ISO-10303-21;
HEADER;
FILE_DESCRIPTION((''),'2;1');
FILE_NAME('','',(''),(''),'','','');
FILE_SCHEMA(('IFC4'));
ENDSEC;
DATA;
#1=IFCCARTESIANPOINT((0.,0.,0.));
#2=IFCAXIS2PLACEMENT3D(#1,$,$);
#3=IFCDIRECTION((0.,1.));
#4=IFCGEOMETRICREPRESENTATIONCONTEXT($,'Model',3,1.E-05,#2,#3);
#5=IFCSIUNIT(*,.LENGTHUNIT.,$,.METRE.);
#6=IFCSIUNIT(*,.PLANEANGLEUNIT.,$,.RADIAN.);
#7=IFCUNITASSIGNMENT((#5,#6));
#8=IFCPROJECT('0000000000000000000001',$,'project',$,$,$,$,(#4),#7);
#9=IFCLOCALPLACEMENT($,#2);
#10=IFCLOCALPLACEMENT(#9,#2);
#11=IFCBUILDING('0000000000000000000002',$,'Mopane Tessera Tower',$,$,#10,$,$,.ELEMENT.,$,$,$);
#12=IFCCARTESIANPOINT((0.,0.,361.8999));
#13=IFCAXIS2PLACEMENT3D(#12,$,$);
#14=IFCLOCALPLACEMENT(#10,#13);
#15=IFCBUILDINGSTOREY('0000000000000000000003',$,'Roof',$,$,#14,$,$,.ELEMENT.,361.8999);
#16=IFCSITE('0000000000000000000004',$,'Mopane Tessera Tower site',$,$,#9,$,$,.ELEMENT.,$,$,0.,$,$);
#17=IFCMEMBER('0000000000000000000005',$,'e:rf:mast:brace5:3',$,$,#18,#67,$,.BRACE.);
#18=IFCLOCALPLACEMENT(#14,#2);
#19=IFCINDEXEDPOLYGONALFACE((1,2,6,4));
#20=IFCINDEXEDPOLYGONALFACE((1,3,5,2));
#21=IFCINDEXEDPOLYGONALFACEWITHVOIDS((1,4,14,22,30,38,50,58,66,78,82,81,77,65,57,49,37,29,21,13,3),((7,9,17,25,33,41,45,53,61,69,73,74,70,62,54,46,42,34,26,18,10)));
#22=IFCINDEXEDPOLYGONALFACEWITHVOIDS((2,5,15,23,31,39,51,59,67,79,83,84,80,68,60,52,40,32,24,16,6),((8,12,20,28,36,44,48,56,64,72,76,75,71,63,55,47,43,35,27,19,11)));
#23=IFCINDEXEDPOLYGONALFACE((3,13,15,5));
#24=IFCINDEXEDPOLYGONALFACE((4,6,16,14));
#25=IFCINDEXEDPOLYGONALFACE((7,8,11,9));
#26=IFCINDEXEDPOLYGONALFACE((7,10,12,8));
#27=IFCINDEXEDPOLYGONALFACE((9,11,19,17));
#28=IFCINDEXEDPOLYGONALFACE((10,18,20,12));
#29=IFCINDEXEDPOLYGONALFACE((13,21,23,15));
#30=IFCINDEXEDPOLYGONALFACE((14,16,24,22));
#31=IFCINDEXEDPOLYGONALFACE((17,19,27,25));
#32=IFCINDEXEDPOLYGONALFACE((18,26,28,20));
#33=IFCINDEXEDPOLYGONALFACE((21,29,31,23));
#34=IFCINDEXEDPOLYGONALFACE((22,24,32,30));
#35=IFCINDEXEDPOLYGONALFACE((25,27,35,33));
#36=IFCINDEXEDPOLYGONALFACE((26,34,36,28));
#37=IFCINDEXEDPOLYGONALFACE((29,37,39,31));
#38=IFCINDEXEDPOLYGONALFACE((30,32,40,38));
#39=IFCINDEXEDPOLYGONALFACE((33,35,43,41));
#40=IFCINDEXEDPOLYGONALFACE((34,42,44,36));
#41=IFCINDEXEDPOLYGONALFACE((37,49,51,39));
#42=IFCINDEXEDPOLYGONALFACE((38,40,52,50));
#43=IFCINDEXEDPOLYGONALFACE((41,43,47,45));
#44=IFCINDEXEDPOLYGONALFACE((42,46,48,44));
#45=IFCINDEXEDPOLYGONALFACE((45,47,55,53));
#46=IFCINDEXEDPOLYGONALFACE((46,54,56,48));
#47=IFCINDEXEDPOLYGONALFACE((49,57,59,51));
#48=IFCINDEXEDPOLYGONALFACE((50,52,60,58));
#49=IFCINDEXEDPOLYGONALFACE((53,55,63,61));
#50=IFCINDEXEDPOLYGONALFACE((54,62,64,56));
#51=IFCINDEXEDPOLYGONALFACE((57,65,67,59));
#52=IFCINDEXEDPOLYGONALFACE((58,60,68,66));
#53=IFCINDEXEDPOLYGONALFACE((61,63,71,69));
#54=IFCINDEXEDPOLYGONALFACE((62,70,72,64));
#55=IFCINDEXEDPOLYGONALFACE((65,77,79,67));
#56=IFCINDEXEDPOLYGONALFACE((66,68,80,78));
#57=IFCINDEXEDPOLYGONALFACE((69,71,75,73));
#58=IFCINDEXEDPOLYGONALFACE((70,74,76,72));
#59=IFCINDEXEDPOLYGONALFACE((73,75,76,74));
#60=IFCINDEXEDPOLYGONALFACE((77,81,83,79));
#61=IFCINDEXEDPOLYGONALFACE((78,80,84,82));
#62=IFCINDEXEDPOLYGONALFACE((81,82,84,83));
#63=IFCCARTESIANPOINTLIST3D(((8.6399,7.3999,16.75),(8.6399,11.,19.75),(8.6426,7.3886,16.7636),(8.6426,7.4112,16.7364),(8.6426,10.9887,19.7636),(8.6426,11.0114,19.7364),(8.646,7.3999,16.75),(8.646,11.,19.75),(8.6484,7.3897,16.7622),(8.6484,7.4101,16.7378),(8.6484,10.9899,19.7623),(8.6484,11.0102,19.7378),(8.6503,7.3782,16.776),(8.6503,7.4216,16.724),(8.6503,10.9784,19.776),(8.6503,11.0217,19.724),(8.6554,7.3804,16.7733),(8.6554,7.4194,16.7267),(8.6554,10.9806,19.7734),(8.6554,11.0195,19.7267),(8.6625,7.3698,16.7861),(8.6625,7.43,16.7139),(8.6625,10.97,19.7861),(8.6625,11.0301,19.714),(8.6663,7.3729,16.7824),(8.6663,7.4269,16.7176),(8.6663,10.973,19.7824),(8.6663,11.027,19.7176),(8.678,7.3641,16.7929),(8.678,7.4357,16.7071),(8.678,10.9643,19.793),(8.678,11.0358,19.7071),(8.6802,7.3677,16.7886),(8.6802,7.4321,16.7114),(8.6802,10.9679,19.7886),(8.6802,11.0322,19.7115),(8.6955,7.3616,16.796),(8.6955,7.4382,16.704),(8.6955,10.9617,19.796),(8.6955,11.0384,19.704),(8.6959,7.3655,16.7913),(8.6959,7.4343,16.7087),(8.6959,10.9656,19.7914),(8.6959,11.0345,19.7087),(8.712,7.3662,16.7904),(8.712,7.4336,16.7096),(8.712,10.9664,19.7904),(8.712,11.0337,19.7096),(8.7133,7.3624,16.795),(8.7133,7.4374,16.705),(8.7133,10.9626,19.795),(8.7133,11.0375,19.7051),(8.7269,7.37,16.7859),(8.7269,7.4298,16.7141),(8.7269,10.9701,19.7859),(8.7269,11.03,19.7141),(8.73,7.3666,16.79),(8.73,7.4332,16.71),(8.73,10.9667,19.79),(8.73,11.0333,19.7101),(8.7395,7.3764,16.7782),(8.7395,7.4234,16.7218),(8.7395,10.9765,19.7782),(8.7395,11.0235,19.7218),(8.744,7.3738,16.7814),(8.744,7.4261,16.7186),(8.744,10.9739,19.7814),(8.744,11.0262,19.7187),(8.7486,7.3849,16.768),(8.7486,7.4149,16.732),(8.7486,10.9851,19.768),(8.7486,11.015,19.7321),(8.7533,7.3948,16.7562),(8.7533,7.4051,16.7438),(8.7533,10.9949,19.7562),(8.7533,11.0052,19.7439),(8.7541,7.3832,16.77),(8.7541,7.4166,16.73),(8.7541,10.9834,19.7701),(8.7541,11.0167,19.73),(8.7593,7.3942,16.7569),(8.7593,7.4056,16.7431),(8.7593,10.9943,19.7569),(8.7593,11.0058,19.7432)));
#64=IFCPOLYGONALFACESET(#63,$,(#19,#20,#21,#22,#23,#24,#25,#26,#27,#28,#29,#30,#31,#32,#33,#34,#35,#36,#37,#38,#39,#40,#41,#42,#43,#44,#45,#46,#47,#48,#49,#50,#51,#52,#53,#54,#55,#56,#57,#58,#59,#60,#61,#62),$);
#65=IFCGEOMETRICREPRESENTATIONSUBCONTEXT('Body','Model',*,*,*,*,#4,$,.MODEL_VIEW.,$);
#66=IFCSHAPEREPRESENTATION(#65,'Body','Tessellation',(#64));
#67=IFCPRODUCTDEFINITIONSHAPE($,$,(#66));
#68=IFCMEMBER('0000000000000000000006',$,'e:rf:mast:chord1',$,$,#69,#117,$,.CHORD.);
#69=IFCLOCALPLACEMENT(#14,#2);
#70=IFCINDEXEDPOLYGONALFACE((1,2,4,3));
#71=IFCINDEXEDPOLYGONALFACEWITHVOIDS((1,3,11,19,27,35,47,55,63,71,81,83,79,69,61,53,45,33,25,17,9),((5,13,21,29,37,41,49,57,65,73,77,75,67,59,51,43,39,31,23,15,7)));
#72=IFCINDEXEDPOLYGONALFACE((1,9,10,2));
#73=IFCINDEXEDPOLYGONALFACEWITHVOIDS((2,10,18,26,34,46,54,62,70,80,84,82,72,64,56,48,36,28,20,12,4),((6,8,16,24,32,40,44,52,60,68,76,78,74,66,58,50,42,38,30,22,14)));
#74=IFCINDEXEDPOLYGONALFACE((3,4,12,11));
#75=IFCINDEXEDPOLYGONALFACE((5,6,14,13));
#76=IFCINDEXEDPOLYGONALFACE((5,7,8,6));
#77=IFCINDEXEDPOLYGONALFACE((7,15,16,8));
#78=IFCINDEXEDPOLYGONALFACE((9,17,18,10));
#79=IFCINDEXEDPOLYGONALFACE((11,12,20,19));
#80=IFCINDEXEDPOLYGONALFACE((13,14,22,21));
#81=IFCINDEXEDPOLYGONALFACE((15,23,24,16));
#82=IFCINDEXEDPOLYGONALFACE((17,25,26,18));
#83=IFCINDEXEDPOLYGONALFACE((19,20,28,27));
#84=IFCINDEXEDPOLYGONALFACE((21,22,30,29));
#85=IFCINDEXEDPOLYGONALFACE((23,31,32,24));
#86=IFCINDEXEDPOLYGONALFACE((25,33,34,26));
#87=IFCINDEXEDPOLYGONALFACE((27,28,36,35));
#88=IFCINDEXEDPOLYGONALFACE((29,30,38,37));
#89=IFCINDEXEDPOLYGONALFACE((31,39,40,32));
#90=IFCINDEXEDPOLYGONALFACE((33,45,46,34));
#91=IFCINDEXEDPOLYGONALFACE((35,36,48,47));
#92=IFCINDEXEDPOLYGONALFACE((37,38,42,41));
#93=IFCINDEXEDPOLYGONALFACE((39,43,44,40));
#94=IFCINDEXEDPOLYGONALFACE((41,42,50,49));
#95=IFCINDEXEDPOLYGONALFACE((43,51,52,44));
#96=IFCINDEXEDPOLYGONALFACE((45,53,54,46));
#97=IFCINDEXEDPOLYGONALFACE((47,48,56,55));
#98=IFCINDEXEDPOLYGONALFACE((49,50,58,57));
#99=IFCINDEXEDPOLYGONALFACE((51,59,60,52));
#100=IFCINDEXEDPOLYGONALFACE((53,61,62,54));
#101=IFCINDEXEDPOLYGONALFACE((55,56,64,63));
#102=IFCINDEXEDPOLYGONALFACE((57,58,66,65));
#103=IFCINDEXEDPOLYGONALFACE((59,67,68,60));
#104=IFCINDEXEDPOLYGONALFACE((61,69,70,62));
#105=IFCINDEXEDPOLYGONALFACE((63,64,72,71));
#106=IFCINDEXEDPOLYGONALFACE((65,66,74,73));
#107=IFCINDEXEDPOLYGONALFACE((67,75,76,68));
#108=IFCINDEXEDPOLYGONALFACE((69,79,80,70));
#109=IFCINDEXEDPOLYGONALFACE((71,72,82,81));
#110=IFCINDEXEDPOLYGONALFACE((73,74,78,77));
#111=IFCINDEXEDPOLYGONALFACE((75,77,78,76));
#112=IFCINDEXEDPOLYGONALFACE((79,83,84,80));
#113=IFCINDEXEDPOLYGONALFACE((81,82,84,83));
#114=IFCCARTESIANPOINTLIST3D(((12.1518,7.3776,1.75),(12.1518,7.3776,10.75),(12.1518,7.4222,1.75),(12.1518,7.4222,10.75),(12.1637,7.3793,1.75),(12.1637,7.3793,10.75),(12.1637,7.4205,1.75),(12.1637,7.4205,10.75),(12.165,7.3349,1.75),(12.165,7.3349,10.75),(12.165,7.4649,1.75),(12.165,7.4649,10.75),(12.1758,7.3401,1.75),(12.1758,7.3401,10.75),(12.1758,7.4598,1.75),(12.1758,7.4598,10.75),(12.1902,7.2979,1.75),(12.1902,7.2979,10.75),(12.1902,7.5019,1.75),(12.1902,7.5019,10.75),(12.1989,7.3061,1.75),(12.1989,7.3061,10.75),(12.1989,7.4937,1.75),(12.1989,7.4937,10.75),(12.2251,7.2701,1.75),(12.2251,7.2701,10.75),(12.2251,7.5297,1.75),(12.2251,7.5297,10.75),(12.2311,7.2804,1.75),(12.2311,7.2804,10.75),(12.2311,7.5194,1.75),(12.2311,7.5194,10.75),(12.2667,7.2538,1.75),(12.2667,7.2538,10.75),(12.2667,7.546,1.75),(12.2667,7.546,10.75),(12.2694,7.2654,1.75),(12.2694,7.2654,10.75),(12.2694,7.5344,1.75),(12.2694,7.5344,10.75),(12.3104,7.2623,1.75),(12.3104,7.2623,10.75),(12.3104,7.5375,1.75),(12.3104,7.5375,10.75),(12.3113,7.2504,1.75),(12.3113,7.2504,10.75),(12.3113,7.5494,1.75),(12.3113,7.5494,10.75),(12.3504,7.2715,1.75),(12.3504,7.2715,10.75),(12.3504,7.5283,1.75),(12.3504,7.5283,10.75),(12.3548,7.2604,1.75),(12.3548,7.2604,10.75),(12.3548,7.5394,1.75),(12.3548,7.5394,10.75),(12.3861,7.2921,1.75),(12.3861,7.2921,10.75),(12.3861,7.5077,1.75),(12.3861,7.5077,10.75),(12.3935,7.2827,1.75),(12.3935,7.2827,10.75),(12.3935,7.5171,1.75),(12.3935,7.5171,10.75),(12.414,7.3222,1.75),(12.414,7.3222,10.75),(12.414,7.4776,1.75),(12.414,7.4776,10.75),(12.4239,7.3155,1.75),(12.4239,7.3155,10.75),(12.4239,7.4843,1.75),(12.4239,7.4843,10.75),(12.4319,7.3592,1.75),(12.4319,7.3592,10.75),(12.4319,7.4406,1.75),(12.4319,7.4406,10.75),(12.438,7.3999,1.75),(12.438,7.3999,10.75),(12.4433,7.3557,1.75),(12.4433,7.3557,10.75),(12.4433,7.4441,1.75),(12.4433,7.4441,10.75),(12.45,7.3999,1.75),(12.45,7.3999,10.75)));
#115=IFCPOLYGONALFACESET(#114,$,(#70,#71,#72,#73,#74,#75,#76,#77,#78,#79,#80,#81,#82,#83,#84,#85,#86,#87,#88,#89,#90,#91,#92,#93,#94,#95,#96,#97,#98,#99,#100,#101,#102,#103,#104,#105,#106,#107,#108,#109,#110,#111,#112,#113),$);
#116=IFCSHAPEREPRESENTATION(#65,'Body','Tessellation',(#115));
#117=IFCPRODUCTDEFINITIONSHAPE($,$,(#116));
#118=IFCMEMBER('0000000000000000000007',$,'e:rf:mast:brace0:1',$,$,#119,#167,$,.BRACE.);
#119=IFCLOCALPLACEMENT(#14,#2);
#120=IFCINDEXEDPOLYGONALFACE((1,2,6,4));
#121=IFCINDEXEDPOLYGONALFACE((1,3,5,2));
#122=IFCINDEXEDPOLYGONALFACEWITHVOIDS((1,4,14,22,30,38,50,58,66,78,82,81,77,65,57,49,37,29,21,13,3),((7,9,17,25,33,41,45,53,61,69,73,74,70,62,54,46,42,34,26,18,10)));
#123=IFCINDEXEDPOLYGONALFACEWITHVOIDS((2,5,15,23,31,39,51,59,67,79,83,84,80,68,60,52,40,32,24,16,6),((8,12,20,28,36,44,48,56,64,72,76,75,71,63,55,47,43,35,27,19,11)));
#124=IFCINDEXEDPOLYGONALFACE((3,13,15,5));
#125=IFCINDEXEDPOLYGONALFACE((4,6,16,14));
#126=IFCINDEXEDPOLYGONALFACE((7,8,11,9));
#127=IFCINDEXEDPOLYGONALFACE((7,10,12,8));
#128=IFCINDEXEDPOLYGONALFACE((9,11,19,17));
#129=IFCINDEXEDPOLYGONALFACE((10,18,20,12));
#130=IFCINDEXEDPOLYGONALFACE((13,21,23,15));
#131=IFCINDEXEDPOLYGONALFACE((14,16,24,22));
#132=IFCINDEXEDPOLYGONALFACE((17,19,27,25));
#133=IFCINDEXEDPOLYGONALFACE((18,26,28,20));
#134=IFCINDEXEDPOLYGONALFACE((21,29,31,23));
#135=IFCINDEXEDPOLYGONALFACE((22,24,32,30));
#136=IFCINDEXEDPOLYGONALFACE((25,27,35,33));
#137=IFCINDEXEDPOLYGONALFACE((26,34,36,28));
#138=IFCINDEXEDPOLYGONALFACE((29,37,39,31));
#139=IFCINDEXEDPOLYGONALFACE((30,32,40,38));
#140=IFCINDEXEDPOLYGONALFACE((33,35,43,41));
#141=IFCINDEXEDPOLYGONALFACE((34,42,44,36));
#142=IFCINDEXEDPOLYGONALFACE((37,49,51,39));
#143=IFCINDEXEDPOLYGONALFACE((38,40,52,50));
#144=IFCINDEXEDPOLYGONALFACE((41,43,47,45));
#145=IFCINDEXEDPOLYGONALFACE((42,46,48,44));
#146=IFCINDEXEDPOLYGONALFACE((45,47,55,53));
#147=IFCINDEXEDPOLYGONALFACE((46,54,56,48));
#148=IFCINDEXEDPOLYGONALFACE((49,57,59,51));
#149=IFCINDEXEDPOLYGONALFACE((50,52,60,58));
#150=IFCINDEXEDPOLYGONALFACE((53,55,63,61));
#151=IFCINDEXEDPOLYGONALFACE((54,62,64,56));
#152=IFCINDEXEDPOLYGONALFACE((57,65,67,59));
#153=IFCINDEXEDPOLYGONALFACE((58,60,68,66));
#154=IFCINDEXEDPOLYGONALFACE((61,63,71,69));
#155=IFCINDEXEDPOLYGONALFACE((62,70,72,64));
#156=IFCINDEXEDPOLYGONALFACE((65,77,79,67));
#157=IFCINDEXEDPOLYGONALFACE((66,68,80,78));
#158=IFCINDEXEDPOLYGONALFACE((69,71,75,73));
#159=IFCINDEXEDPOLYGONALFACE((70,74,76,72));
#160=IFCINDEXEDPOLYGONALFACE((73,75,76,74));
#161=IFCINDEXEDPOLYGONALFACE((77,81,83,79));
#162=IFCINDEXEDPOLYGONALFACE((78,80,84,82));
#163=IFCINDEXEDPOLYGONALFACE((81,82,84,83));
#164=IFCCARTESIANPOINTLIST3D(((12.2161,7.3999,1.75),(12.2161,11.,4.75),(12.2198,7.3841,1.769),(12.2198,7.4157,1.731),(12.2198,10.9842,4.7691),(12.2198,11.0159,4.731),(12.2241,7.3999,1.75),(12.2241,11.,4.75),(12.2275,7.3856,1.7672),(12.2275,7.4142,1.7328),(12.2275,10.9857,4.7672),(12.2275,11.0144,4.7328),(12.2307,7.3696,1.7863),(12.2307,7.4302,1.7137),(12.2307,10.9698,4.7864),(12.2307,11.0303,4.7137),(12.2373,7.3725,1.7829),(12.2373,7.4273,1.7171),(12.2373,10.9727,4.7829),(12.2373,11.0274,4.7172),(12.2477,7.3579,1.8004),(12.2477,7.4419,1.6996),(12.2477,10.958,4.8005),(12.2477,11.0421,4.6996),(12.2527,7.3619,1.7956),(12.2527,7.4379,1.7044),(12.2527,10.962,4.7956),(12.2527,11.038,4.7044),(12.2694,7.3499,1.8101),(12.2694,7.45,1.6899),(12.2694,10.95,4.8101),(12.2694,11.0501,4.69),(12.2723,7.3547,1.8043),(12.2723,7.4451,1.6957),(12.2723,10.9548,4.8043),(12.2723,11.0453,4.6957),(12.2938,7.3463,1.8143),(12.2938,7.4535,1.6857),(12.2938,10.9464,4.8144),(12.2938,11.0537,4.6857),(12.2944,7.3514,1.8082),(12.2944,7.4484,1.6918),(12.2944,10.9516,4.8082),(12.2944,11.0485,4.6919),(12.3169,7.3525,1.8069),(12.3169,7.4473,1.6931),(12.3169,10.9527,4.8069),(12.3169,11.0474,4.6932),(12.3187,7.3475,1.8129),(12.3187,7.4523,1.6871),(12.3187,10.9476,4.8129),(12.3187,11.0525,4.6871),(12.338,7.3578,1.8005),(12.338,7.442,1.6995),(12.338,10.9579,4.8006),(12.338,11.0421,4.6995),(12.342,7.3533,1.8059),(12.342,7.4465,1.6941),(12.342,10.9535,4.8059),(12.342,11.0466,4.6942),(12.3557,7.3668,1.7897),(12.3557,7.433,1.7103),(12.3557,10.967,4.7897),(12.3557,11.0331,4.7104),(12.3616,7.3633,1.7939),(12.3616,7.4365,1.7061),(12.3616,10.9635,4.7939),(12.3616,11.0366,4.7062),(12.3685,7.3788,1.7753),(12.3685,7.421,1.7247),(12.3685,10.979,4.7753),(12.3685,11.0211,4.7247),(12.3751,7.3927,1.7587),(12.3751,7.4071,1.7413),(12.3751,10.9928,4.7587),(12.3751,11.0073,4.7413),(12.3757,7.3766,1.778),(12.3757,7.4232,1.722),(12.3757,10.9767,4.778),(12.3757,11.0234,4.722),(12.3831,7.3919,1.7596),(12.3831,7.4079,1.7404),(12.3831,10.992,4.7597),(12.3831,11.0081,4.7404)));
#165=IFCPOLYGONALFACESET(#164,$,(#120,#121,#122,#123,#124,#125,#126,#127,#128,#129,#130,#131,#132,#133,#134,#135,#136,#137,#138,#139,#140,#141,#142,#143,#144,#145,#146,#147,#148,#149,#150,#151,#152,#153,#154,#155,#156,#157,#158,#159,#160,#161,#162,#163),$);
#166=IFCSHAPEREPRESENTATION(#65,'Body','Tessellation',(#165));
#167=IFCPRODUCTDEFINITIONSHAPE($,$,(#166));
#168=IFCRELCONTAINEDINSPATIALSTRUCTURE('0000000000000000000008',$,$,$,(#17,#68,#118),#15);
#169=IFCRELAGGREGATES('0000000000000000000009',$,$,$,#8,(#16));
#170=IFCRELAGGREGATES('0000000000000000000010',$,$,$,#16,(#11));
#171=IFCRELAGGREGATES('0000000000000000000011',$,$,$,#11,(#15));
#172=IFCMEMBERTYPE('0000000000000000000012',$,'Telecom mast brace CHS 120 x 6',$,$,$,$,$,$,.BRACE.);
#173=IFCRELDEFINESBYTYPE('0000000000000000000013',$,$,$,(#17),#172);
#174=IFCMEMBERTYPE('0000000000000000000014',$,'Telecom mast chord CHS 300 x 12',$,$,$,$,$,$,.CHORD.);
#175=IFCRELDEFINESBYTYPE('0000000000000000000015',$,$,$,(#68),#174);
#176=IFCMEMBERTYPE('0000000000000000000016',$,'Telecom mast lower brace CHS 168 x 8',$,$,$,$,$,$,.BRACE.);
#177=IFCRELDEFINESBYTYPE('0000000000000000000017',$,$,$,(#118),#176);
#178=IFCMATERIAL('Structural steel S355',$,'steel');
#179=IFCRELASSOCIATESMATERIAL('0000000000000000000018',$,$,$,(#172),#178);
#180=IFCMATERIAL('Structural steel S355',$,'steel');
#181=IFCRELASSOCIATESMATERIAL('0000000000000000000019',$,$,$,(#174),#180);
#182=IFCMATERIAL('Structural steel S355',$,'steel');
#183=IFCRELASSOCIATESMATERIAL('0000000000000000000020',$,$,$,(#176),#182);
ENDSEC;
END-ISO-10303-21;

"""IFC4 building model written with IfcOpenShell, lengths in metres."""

from ifc_helpers import new_model, si_unit, direction, frame, origin, origin_2d, place, context, subcontext, project, spatial, hollow_circle, extrude, material, material_profile, profile_set, type_object, element, save


model = new_model("IFC4")

# Units and contexts
model_context = context("Model", 3, precision=1e-05, world=origin(), true_north=direction((0.0, 1.0)))
body_context = subcontext(model_context, "Body", "Model", "MODEL_VIEW")
ifc_project = project(units=[si_unit("LENGTHUNIT", "METRE"), si_unit("PLANEANGLEUNIT", "RADIAN")], contexts=[model_context])

# Site, building, storey
site_placement = place(None, origin())
site = spatial("IfcSite", under=ifc_project, at=site_placement, Name="Mopane Tessera Tower site", CompositionType="ELEMENT", RefElevation=0.0)
building_placement = place(site_placement, origin())
building = spatial("IfcBuilding", under=site, at=building_placement, Name="Mopane Tessera Tower", CompositionType="ELEMENT")
storey_placement = place(building_placement, frame((0.0, 0.0, 361.8999)))
storey = spatial("IfcBuildingStorey", under=building, at=storey_placement, Name="Roof", CompositionType="ELEMENT", Elevation=361.8999)

# Members
ifc_material_1 = material(Name="Structural steel S355", Category="steel")
ifc_material_profile_1 = material_profile(ifc_material_1, hollow_circle(Radius=0.0601, WallThickness=0.0061, at=origin_2d()))
ifc_profile_set_1 = profile_set([ifc_material_profile_1], Name="Structural steel S355")
member_type_1 = type_object("IfcMemberType", Name="Telecom mast brace CHS 120 x 6", PredefinedType="BRACE", material=ifc_profile_set_1)
for number, where, z_axis, x_axis, name in (
    (1, (8.7, 7.3999, 16.75), (0.0, 0.76823, 0.640174), (-1.0, 0.0, 0.0), "e:rf:mast:brace5:3"),
):
    element("IfcMember", number, at=place(storey_placement, frame(where, z_axis=z_axis, x_axis=x_axis)), inside=storey, type_object=member_type_1, Name=name, PredefinedType="BRACE", context=body_context, shape_type="SweptSolid", body=[
        extrude(hollow_circle(Radius=0.0601, WallThickness=0.0061, at=origin_2d()), origin(), (0.0, 0.0, 1.0), 4.6863),
    ])
ifc_material_2 = material(Name="Structural steel S355", Category="steel")
ifc_material_profile_2 = material_profile(ifc_material_2, hollow_circle(Radius=0.1499, WallThickness=0.012, at=origin_2d()))
ifc_profile_set_2 = profile_set([ifc_material_profile_2], Name="Structural steel S355")
member_type_2 = type_object("IfcMemberType", Name="Telecom mast chord CHS 300 x 12", PredefinedType="CHORD", material=ifc_profile_set_2)
member_1_placement = place(storey_placement, frame((12.3, 7.3999, 1.75), z_axis=(0.0, 0.0, 1.0), x_axis=(1.0, 0.0, 0.0)))
element("IfcMember", 2, at=member_1_placement, inside=storey, type_object=member_type_2, Name="e:rf:mast:chord1", PredefinedType="CHORD", context=body_context, shape_type="SweptSolid", body=[
    extrude(hollow_circle(Radius=0.1499, WallThickness=0.012, at=origin_2d()), origin(), (0.0, 0.0, 1.0), 9.0),
])
ifc_material_3 = material(Name="Structural steel S355", Category="steel")
ifc_material_profile_3 = material_profile(ifc_material_3, hollow_circle(Radius=0.084, WallThickness=0.0081, at=origin_2d()))
ifc_profile_set_3 = profile_set([ifc_material_profile_3], Name="Structural steel S355")
member_type_3 = type_object("IfcMemberType", Name="Telecom mast lower brace CHS 168 x 8", PredefinedType="BRACE", material=ifc_profile_set_3)
for number, where, z_axis, x_axis, name in (
    (3, (12.3, 7.3999, 1.75), (0.0, 0.76823, 0.640174), (-1.0, 0.0, 0.0), "e:rf:mast:brace0:1"),
):
    element("IfcMember", number, at=place(storey_placement, frame(where, z_axis=z_axis, x_axis=x_axis)), inside=storey, type_object=member_type_3, Name=name, PredefinedType="BRACE", context=body_context, shape_type="SweptSolid", body=[
        extrude(hollow_circle(Radius=0.084, WallThickness=0.0081, at=origin_2d()), origin(), (0.0, 0.0, 1.0), 4.6863),
    ])

save(model, "model.ifc")
